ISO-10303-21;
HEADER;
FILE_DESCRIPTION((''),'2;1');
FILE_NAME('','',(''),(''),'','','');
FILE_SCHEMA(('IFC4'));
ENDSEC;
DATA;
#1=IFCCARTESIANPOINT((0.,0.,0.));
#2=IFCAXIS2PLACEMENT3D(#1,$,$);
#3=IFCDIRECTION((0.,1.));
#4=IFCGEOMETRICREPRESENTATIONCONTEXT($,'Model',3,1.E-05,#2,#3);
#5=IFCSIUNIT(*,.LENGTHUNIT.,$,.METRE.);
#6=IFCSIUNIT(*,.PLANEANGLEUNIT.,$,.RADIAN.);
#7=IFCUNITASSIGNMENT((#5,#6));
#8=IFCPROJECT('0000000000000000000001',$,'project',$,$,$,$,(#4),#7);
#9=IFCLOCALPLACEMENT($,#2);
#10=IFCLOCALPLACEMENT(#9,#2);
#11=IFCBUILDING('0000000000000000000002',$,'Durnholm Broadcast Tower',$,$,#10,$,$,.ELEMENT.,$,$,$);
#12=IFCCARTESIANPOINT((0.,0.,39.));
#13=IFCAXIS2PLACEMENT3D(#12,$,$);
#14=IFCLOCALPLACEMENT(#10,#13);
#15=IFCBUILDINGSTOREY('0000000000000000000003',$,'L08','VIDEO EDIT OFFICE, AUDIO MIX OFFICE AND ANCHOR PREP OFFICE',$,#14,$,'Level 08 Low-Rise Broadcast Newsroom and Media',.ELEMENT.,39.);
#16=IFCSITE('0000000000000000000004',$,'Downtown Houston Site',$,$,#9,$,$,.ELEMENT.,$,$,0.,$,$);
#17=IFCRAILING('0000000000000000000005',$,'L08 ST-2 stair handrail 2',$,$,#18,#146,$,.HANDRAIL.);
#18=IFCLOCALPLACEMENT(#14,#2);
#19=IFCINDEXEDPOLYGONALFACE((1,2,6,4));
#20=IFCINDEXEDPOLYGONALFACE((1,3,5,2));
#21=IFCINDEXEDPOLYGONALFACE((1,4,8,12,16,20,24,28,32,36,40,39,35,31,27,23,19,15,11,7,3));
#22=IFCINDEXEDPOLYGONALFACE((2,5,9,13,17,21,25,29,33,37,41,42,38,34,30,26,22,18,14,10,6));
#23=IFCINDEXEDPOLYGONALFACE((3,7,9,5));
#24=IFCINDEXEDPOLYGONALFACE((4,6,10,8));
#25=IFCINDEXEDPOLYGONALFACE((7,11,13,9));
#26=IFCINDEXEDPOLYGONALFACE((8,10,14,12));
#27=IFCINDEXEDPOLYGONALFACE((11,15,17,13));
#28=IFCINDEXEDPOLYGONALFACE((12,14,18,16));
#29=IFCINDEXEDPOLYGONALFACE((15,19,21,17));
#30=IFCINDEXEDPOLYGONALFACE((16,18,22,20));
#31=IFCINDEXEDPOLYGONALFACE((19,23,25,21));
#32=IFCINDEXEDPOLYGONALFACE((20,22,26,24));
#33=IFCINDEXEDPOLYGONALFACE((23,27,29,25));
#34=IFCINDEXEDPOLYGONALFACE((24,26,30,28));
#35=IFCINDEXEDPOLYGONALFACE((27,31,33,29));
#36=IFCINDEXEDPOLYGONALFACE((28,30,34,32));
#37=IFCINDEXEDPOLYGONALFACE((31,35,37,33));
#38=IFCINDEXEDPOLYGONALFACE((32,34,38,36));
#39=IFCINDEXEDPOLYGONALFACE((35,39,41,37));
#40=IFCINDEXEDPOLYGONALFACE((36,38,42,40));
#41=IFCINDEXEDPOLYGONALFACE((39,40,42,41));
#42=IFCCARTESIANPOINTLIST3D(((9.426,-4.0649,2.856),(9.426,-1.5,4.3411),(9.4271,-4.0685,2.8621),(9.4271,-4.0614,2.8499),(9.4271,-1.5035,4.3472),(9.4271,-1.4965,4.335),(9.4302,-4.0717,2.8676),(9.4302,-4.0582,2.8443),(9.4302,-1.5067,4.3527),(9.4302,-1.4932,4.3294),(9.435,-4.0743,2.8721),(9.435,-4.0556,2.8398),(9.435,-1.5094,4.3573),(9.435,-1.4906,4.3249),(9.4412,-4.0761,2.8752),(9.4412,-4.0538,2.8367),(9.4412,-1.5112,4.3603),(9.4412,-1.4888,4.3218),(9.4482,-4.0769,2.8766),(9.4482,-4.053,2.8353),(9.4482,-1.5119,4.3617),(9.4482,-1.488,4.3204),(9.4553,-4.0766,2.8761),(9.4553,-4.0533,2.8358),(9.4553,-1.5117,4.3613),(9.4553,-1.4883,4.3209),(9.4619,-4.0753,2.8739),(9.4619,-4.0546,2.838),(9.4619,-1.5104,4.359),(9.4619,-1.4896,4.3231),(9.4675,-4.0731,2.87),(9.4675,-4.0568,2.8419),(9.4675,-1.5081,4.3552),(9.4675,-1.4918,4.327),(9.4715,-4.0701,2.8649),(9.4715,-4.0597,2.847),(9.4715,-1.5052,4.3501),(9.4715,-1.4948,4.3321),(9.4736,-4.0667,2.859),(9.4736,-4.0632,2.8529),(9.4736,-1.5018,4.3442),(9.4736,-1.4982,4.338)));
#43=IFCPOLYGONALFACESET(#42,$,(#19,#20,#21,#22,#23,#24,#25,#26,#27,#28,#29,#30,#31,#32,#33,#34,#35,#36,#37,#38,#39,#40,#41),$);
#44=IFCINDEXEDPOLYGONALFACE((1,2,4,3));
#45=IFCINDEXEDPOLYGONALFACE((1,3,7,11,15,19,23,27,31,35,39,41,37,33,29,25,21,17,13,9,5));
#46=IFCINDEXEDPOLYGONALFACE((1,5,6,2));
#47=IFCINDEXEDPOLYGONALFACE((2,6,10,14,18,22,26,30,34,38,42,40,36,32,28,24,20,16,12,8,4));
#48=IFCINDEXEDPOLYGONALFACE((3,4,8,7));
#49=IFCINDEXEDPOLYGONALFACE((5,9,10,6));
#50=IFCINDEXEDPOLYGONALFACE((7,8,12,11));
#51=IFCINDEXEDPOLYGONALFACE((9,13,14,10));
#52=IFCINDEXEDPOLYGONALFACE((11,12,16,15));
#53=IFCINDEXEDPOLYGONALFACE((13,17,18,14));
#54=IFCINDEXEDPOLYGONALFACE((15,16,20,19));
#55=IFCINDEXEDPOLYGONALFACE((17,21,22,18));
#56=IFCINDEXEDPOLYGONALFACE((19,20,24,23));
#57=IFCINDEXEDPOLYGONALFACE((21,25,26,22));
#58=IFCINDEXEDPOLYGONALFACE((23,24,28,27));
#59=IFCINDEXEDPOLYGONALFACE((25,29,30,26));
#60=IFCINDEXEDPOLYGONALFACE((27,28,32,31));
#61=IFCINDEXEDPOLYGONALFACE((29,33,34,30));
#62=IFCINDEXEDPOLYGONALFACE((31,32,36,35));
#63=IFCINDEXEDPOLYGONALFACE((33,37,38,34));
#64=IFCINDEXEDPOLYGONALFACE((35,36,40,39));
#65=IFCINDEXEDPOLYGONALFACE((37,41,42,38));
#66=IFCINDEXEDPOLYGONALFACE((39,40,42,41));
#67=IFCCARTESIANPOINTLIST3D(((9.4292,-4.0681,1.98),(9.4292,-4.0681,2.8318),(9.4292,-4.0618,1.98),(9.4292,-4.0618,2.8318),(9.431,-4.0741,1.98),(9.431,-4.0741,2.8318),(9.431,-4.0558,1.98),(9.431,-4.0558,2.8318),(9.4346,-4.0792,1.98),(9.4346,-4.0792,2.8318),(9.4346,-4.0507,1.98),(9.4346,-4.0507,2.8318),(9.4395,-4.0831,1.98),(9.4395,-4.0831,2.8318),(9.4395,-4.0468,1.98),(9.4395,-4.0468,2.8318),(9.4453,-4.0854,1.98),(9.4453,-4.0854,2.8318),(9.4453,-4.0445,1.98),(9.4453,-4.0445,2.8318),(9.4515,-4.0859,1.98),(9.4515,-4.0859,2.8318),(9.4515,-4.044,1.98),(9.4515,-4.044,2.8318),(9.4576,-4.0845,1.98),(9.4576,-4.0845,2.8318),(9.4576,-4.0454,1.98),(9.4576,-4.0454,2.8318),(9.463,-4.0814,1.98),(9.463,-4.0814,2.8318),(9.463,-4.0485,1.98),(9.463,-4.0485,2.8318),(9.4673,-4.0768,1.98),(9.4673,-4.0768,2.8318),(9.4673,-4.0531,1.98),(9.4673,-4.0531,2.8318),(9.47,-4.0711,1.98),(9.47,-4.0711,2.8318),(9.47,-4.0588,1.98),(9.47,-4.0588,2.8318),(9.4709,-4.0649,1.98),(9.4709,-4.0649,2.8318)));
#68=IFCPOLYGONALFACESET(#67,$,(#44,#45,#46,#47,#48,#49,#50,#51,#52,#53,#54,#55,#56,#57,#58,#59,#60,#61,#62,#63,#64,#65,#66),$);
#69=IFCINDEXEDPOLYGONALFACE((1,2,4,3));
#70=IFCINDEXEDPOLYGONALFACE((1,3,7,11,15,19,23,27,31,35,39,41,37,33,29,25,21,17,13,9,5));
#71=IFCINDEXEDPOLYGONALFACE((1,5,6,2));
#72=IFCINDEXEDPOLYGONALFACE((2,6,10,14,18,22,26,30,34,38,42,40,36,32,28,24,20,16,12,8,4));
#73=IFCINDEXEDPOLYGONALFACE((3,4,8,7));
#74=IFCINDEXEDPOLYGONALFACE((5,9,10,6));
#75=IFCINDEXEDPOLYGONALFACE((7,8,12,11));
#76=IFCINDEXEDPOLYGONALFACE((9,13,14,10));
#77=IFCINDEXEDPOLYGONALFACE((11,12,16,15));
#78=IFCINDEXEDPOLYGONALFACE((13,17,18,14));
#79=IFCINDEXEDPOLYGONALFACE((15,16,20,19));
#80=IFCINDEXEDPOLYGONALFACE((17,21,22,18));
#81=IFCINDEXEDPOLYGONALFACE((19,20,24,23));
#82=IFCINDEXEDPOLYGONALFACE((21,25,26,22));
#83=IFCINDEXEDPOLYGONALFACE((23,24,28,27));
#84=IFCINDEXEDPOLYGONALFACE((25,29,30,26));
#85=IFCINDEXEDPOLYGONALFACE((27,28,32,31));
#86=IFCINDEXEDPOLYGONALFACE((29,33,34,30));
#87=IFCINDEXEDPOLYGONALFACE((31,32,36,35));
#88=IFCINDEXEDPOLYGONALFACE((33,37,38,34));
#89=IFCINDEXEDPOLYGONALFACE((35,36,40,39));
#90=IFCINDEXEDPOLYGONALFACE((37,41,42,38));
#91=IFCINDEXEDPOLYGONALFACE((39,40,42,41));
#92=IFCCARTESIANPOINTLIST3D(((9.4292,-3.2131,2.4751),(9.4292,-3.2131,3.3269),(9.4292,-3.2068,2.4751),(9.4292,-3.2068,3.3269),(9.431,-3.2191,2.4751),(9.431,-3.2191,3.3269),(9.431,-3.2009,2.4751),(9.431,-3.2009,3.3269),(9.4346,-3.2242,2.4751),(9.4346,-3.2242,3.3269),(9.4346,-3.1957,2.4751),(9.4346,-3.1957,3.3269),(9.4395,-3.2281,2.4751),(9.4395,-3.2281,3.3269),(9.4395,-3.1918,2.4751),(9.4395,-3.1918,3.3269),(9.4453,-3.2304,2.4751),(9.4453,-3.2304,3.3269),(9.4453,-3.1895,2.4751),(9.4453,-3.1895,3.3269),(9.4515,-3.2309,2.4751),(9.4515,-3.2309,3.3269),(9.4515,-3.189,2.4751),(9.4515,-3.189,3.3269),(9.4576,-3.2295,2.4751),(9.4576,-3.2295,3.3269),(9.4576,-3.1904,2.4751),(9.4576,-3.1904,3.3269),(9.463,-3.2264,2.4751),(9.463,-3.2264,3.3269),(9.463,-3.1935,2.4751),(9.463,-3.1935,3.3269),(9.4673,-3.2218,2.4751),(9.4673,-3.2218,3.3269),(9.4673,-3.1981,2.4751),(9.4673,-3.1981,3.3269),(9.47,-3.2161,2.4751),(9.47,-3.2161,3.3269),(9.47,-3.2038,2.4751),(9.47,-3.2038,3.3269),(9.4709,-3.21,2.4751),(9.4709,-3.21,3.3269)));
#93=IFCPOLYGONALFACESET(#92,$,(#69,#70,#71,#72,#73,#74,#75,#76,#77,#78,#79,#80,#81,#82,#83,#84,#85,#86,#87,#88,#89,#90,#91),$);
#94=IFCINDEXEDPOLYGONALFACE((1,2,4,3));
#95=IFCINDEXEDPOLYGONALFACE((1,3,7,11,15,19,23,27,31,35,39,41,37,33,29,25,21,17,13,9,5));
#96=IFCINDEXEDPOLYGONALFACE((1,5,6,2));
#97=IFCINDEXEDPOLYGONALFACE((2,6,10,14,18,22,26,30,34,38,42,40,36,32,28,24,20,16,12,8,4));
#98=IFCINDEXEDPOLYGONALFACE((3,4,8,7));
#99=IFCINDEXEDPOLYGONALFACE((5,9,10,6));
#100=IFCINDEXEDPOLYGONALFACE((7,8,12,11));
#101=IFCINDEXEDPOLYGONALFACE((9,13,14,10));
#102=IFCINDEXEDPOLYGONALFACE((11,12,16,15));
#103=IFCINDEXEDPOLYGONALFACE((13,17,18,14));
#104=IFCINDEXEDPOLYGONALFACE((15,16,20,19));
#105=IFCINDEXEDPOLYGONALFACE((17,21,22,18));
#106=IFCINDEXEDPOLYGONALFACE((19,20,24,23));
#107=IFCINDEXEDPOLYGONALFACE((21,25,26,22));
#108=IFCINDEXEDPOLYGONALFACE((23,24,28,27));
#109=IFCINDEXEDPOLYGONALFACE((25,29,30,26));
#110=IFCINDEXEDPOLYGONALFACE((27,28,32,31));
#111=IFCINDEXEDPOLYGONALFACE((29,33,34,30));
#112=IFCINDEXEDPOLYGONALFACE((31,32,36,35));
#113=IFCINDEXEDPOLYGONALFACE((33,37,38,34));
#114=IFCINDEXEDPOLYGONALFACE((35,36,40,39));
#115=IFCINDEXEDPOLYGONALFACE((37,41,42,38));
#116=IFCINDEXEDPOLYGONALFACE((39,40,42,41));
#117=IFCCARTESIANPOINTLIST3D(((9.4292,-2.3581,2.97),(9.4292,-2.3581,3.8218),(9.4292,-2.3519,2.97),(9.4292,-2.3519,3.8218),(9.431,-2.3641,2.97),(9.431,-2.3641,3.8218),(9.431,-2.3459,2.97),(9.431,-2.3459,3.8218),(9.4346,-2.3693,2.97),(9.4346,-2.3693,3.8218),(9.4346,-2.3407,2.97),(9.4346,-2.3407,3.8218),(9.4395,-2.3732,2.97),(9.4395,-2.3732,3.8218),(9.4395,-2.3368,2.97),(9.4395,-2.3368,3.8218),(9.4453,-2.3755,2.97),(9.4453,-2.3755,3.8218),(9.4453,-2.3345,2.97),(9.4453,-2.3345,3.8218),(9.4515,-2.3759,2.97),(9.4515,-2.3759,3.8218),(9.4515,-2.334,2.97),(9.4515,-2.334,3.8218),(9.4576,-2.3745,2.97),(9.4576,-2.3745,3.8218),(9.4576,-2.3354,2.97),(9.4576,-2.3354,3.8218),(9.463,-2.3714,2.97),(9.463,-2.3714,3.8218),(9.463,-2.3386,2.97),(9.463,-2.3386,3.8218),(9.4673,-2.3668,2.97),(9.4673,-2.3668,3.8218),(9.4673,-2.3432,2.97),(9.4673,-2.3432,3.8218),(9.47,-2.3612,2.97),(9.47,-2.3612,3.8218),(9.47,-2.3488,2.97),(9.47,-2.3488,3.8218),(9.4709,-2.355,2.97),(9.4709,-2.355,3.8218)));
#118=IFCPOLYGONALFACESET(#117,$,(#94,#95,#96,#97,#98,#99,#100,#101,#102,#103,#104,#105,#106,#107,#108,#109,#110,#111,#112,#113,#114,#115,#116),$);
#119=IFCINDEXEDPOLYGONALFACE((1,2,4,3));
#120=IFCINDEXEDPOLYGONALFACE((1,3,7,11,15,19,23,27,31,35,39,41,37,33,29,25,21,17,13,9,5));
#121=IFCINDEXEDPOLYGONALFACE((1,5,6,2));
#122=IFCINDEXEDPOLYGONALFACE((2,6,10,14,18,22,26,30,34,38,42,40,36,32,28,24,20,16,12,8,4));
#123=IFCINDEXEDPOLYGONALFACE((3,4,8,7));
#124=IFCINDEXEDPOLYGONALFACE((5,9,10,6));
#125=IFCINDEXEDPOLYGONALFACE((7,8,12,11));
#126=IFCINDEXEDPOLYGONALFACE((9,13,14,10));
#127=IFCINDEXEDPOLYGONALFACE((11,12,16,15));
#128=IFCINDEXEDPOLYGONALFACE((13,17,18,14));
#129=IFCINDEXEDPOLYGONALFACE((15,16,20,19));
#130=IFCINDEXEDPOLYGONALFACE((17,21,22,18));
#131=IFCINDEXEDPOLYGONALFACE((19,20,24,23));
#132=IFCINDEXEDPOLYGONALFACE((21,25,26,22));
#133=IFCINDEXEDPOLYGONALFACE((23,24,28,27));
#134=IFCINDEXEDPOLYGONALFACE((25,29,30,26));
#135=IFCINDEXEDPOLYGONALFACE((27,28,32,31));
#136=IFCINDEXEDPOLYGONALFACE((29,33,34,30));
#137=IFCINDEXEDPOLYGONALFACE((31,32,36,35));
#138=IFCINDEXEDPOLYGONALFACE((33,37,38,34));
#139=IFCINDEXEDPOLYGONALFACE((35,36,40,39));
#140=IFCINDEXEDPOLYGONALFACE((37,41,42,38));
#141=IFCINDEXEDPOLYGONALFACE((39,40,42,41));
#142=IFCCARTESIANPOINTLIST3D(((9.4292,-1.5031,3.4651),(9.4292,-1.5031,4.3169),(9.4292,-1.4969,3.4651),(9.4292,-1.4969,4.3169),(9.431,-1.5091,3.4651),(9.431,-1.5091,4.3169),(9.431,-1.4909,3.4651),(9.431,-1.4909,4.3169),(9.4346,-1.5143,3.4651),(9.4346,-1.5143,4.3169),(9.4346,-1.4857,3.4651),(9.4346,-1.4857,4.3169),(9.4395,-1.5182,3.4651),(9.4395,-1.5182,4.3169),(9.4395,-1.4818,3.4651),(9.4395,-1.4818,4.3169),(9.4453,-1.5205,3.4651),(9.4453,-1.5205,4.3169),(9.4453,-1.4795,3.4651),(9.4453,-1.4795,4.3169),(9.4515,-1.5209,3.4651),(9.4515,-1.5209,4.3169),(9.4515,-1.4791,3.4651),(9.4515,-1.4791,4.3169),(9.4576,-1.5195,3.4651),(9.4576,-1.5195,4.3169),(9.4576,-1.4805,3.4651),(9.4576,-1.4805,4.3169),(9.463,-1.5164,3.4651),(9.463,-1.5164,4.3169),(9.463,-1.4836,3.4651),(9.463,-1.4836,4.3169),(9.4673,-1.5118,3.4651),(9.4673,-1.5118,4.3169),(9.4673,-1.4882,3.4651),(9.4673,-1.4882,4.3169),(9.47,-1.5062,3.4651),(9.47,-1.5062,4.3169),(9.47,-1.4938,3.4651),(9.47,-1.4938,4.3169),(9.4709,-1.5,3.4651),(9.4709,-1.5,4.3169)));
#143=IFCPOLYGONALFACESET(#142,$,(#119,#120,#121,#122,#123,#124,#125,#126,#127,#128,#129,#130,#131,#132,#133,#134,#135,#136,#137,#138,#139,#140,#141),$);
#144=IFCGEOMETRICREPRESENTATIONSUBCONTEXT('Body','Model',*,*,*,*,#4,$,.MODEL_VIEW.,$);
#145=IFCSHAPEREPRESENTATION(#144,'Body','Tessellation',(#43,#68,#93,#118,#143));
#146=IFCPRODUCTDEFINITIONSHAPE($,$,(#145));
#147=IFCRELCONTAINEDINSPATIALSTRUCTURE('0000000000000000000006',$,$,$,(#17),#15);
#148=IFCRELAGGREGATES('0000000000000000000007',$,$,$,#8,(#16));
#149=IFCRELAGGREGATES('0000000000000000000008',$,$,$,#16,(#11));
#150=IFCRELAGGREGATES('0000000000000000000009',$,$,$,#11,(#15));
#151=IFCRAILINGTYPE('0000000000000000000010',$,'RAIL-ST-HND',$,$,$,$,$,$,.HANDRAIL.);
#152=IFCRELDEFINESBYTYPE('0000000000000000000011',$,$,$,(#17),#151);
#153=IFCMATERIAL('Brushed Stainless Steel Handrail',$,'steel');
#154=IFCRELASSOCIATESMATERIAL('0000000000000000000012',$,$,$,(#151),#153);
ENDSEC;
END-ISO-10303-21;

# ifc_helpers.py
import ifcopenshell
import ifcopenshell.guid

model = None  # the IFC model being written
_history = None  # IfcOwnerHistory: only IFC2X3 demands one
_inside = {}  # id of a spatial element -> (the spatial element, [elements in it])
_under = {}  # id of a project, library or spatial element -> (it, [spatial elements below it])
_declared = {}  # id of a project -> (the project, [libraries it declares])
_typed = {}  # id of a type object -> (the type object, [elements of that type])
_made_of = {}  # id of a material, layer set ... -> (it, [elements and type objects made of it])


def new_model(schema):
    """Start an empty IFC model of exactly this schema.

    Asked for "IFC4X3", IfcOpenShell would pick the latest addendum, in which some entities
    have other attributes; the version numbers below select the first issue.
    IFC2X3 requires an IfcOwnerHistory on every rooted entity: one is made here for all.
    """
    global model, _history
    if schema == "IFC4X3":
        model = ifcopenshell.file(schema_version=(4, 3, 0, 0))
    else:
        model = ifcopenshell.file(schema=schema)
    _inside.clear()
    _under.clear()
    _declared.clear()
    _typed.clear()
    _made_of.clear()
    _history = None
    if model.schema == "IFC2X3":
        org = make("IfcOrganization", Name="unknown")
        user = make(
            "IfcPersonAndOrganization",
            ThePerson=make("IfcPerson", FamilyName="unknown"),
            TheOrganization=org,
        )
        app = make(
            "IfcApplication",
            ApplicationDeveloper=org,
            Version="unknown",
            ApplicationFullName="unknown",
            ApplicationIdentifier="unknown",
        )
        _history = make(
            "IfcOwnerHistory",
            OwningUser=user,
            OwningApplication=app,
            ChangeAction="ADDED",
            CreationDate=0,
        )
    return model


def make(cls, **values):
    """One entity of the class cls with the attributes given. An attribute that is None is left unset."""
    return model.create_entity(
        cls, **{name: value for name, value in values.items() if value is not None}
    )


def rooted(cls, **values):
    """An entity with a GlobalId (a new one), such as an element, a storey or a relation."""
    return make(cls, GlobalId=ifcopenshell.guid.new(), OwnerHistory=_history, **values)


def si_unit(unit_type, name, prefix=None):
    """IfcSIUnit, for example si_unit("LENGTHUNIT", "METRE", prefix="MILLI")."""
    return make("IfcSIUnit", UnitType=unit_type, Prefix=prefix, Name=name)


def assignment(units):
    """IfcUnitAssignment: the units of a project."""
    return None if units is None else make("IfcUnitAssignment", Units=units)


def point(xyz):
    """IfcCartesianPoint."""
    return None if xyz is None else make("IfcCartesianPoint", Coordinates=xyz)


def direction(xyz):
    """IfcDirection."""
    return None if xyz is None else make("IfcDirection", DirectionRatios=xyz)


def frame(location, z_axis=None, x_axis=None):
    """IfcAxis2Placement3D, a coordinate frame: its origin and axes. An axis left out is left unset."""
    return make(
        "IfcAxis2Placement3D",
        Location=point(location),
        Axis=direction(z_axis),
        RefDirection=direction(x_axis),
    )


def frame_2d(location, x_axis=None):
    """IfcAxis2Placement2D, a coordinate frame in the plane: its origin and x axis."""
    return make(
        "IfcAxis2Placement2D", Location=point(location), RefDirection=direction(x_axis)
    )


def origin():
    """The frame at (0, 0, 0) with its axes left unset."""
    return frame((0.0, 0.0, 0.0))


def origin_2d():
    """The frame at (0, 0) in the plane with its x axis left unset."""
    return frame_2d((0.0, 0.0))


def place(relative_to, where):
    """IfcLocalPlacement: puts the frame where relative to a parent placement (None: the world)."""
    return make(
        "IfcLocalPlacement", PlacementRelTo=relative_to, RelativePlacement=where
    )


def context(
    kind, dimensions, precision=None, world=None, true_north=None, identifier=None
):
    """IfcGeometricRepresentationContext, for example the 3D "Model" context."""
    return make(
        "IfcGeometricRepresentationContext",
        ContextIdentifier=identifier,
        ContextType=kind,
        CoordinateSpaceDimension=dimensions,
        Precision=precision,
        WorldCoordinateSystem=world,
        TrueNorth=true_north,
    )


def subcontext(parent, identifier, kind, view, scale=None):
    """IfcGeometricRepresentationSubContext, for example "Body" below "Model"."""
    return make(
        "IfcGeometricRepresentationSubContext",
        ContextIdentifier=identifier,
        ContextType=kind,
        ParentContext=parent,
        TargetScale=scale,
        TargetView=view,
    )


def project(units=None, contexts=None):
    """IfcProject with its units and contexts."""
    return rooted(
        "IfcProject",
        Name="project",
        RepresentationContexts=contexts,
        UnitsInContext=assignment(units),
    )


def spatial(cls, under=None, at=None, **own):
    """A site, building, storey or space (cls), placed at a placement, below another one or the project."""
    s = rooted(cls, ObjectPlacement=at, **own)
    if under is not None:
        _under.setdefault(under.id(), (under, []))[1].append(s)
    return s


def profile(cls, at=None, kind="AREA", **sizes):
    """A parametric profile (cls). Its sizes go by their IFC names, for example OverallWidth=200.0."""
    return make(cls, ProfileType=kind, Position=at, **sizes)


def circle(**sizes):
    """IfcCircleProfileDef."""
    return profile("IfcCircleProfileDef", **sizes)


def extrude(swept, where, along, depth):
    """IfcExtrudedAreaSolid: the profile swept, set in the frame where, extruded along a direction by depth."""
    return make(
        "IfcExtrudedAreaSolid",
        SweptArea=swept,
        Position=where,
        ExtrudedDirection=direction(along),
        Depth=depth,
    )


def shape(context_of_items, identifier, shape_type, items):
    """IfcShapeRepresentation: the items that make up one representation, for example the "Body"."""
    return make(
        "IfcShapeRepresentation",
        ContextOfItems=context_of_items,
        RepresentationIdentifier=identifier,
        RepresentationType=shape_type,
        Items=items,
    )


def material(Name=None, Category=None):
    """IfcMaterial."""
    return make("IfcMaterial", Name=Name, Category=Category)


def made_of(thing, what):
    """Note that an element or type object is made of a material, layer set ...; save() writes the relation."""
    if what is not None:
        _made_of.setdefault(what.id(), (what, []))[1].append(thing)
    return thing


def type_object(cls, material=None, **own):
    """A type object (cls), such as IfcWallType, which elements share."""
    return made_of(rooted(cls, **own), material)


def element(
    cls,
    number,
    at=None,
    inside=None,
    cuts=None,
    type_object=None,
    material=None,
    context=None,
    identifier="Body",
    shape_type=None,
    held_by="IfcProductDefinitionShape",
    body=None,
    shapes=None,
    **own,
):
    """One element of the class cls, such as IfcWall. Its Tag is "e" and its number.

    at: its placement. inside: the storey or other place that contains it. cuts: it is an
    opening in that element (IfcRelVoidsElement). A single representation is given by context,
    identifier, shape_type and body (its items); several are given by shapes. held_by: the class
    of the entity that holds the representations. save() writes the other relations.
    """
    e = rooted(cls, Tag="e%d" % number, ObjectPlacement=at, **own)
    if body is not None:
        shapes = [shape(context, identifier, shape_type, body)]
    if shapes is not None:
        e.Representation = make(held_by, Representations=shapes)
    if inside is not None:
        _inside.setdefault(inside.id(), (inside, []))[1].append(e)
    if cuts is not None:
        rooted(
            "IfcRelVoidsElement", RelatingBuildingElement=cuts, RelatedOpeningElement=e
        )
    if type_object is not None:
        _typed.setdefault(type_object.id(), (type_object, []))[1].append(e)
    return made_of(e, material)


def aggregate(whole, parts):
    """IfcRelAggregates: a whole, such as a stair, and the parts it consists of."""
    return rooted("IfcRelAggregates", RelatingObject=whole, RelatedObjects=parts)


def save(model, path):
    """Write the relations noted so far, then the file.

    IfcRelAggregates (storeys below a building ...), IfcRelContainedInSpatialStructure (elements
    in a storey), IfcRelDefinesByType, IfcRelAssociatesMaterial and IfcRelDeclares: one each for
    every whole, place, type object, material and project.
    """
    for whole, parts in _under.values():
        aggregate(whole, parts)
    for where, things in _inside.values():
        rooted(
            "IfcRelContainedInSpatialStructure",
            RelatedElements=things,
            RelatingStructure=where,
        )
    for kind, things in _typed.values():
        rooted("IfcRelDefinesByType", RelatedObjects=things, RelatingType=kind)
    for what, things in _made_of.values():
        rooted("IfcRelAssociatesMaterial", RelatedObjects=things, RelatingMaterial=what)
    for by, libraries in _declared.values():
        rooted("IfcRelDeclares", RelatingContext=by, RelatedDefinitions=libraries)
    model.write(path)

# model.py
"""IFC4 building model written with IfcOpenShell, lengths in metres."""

from ifc_helpers import new_model, si_unit, direction, frame, origin, origin_2d, place, context, subcontext, project, spatial, circle, extrude, material, type_object, element, save


model = new_model("IFC4")

# Units and contexts
model_context = context("Model", 3, precision=1e-05, world=origin(), true_north=direction((0.0, 1.0)))
body_context = subcontext(model_context, "Body", "Model", "MODEL_VIEW")
ifc_project = project(units=[si_unit("LENGTHUNIT", "METRE"), si_unit("PLANEANGLEUNIT", "RADIAN")], contexts=[model_context])

# Site, building, storey
site_placement = place(None, origin())
site = spatial("IfcSite", under=ifc_project, at=site_placement, Name="Downtown Houston Site", CompositionType="ELEMENT", RefElevation=0.0)
building_placement = place(site_placement, origin())
building = spatial("IfcBuilding", under=site, at=building_placement, Name="Durnholm Broadcast Tower", CompositionType="ELEMENT")
storey_placement = place(building_placement, frame((0.0, 0.0, 39.0)))
storey = spatial("IfcBuildingStorey", under=building, at=storey_placement, Name="L08", Description="VIDEO EDIT OFFICE, AUDIO MIX OFFICE AND ANCHOR PREP OFFICE", LongName="Level 08 Low-Rise Broadcast Newsroom and Media", CompositionType="ELEMENT", Elevation=39.0)

# Railing
ifc_material_1 = material(Name="Brushed Stainless Steel Handrail", Category="steel")
railing_type_1 = type_object("IfcRailingType", Name="RAIL-ST-HND", PredefinedType="HANDRAIL", material=ifc_material_1)
railing_1_placement = place(storey_placement, frame((9.45, -4.0649, 1.98)))
element("IfcRailing", 1, at=railing_1_placement, inside=storey, type_object=railing_type_1, Name="L08 ST-2 stair handrail 2", PredefinedType="HANDRAIL", context=body_context, shape_type="SweptSolid", body=[
    extrude(circle(Radius=0.0239, at=origin_2d()), frame((0.0, 0.0, 0.876), z_axis=(0.0, 0.865406, 0.501072), x_axis=(-1.0, 0.0, 0.0)), (0.0, 0.0, 1.0), 2.9639),
    extrude(circle(Radius=0.021, at=origin_2d()), origin(), (0.0, 0.0, 1.0), 0.8518),
    extrude(circle(Radius=0.021, at=origin_2d()), frame((0.0, 0.855, 0.4951)), (0.0, 0.0, 1.0), 0.8518),
    extrude(circle(Radius=0.021, at=origin_2d()), frame((0.0, 1.71, 0.99)), (0.0, 0.0, 1.0), 0.8518),
    extrude(circle(Radius=0.021, at=origin_2d()), frame((0.0, 2.5649, 1.4851)), (0.0, 0.0, 1.0), 0.8518),
])

save(model, "model.ifc")
